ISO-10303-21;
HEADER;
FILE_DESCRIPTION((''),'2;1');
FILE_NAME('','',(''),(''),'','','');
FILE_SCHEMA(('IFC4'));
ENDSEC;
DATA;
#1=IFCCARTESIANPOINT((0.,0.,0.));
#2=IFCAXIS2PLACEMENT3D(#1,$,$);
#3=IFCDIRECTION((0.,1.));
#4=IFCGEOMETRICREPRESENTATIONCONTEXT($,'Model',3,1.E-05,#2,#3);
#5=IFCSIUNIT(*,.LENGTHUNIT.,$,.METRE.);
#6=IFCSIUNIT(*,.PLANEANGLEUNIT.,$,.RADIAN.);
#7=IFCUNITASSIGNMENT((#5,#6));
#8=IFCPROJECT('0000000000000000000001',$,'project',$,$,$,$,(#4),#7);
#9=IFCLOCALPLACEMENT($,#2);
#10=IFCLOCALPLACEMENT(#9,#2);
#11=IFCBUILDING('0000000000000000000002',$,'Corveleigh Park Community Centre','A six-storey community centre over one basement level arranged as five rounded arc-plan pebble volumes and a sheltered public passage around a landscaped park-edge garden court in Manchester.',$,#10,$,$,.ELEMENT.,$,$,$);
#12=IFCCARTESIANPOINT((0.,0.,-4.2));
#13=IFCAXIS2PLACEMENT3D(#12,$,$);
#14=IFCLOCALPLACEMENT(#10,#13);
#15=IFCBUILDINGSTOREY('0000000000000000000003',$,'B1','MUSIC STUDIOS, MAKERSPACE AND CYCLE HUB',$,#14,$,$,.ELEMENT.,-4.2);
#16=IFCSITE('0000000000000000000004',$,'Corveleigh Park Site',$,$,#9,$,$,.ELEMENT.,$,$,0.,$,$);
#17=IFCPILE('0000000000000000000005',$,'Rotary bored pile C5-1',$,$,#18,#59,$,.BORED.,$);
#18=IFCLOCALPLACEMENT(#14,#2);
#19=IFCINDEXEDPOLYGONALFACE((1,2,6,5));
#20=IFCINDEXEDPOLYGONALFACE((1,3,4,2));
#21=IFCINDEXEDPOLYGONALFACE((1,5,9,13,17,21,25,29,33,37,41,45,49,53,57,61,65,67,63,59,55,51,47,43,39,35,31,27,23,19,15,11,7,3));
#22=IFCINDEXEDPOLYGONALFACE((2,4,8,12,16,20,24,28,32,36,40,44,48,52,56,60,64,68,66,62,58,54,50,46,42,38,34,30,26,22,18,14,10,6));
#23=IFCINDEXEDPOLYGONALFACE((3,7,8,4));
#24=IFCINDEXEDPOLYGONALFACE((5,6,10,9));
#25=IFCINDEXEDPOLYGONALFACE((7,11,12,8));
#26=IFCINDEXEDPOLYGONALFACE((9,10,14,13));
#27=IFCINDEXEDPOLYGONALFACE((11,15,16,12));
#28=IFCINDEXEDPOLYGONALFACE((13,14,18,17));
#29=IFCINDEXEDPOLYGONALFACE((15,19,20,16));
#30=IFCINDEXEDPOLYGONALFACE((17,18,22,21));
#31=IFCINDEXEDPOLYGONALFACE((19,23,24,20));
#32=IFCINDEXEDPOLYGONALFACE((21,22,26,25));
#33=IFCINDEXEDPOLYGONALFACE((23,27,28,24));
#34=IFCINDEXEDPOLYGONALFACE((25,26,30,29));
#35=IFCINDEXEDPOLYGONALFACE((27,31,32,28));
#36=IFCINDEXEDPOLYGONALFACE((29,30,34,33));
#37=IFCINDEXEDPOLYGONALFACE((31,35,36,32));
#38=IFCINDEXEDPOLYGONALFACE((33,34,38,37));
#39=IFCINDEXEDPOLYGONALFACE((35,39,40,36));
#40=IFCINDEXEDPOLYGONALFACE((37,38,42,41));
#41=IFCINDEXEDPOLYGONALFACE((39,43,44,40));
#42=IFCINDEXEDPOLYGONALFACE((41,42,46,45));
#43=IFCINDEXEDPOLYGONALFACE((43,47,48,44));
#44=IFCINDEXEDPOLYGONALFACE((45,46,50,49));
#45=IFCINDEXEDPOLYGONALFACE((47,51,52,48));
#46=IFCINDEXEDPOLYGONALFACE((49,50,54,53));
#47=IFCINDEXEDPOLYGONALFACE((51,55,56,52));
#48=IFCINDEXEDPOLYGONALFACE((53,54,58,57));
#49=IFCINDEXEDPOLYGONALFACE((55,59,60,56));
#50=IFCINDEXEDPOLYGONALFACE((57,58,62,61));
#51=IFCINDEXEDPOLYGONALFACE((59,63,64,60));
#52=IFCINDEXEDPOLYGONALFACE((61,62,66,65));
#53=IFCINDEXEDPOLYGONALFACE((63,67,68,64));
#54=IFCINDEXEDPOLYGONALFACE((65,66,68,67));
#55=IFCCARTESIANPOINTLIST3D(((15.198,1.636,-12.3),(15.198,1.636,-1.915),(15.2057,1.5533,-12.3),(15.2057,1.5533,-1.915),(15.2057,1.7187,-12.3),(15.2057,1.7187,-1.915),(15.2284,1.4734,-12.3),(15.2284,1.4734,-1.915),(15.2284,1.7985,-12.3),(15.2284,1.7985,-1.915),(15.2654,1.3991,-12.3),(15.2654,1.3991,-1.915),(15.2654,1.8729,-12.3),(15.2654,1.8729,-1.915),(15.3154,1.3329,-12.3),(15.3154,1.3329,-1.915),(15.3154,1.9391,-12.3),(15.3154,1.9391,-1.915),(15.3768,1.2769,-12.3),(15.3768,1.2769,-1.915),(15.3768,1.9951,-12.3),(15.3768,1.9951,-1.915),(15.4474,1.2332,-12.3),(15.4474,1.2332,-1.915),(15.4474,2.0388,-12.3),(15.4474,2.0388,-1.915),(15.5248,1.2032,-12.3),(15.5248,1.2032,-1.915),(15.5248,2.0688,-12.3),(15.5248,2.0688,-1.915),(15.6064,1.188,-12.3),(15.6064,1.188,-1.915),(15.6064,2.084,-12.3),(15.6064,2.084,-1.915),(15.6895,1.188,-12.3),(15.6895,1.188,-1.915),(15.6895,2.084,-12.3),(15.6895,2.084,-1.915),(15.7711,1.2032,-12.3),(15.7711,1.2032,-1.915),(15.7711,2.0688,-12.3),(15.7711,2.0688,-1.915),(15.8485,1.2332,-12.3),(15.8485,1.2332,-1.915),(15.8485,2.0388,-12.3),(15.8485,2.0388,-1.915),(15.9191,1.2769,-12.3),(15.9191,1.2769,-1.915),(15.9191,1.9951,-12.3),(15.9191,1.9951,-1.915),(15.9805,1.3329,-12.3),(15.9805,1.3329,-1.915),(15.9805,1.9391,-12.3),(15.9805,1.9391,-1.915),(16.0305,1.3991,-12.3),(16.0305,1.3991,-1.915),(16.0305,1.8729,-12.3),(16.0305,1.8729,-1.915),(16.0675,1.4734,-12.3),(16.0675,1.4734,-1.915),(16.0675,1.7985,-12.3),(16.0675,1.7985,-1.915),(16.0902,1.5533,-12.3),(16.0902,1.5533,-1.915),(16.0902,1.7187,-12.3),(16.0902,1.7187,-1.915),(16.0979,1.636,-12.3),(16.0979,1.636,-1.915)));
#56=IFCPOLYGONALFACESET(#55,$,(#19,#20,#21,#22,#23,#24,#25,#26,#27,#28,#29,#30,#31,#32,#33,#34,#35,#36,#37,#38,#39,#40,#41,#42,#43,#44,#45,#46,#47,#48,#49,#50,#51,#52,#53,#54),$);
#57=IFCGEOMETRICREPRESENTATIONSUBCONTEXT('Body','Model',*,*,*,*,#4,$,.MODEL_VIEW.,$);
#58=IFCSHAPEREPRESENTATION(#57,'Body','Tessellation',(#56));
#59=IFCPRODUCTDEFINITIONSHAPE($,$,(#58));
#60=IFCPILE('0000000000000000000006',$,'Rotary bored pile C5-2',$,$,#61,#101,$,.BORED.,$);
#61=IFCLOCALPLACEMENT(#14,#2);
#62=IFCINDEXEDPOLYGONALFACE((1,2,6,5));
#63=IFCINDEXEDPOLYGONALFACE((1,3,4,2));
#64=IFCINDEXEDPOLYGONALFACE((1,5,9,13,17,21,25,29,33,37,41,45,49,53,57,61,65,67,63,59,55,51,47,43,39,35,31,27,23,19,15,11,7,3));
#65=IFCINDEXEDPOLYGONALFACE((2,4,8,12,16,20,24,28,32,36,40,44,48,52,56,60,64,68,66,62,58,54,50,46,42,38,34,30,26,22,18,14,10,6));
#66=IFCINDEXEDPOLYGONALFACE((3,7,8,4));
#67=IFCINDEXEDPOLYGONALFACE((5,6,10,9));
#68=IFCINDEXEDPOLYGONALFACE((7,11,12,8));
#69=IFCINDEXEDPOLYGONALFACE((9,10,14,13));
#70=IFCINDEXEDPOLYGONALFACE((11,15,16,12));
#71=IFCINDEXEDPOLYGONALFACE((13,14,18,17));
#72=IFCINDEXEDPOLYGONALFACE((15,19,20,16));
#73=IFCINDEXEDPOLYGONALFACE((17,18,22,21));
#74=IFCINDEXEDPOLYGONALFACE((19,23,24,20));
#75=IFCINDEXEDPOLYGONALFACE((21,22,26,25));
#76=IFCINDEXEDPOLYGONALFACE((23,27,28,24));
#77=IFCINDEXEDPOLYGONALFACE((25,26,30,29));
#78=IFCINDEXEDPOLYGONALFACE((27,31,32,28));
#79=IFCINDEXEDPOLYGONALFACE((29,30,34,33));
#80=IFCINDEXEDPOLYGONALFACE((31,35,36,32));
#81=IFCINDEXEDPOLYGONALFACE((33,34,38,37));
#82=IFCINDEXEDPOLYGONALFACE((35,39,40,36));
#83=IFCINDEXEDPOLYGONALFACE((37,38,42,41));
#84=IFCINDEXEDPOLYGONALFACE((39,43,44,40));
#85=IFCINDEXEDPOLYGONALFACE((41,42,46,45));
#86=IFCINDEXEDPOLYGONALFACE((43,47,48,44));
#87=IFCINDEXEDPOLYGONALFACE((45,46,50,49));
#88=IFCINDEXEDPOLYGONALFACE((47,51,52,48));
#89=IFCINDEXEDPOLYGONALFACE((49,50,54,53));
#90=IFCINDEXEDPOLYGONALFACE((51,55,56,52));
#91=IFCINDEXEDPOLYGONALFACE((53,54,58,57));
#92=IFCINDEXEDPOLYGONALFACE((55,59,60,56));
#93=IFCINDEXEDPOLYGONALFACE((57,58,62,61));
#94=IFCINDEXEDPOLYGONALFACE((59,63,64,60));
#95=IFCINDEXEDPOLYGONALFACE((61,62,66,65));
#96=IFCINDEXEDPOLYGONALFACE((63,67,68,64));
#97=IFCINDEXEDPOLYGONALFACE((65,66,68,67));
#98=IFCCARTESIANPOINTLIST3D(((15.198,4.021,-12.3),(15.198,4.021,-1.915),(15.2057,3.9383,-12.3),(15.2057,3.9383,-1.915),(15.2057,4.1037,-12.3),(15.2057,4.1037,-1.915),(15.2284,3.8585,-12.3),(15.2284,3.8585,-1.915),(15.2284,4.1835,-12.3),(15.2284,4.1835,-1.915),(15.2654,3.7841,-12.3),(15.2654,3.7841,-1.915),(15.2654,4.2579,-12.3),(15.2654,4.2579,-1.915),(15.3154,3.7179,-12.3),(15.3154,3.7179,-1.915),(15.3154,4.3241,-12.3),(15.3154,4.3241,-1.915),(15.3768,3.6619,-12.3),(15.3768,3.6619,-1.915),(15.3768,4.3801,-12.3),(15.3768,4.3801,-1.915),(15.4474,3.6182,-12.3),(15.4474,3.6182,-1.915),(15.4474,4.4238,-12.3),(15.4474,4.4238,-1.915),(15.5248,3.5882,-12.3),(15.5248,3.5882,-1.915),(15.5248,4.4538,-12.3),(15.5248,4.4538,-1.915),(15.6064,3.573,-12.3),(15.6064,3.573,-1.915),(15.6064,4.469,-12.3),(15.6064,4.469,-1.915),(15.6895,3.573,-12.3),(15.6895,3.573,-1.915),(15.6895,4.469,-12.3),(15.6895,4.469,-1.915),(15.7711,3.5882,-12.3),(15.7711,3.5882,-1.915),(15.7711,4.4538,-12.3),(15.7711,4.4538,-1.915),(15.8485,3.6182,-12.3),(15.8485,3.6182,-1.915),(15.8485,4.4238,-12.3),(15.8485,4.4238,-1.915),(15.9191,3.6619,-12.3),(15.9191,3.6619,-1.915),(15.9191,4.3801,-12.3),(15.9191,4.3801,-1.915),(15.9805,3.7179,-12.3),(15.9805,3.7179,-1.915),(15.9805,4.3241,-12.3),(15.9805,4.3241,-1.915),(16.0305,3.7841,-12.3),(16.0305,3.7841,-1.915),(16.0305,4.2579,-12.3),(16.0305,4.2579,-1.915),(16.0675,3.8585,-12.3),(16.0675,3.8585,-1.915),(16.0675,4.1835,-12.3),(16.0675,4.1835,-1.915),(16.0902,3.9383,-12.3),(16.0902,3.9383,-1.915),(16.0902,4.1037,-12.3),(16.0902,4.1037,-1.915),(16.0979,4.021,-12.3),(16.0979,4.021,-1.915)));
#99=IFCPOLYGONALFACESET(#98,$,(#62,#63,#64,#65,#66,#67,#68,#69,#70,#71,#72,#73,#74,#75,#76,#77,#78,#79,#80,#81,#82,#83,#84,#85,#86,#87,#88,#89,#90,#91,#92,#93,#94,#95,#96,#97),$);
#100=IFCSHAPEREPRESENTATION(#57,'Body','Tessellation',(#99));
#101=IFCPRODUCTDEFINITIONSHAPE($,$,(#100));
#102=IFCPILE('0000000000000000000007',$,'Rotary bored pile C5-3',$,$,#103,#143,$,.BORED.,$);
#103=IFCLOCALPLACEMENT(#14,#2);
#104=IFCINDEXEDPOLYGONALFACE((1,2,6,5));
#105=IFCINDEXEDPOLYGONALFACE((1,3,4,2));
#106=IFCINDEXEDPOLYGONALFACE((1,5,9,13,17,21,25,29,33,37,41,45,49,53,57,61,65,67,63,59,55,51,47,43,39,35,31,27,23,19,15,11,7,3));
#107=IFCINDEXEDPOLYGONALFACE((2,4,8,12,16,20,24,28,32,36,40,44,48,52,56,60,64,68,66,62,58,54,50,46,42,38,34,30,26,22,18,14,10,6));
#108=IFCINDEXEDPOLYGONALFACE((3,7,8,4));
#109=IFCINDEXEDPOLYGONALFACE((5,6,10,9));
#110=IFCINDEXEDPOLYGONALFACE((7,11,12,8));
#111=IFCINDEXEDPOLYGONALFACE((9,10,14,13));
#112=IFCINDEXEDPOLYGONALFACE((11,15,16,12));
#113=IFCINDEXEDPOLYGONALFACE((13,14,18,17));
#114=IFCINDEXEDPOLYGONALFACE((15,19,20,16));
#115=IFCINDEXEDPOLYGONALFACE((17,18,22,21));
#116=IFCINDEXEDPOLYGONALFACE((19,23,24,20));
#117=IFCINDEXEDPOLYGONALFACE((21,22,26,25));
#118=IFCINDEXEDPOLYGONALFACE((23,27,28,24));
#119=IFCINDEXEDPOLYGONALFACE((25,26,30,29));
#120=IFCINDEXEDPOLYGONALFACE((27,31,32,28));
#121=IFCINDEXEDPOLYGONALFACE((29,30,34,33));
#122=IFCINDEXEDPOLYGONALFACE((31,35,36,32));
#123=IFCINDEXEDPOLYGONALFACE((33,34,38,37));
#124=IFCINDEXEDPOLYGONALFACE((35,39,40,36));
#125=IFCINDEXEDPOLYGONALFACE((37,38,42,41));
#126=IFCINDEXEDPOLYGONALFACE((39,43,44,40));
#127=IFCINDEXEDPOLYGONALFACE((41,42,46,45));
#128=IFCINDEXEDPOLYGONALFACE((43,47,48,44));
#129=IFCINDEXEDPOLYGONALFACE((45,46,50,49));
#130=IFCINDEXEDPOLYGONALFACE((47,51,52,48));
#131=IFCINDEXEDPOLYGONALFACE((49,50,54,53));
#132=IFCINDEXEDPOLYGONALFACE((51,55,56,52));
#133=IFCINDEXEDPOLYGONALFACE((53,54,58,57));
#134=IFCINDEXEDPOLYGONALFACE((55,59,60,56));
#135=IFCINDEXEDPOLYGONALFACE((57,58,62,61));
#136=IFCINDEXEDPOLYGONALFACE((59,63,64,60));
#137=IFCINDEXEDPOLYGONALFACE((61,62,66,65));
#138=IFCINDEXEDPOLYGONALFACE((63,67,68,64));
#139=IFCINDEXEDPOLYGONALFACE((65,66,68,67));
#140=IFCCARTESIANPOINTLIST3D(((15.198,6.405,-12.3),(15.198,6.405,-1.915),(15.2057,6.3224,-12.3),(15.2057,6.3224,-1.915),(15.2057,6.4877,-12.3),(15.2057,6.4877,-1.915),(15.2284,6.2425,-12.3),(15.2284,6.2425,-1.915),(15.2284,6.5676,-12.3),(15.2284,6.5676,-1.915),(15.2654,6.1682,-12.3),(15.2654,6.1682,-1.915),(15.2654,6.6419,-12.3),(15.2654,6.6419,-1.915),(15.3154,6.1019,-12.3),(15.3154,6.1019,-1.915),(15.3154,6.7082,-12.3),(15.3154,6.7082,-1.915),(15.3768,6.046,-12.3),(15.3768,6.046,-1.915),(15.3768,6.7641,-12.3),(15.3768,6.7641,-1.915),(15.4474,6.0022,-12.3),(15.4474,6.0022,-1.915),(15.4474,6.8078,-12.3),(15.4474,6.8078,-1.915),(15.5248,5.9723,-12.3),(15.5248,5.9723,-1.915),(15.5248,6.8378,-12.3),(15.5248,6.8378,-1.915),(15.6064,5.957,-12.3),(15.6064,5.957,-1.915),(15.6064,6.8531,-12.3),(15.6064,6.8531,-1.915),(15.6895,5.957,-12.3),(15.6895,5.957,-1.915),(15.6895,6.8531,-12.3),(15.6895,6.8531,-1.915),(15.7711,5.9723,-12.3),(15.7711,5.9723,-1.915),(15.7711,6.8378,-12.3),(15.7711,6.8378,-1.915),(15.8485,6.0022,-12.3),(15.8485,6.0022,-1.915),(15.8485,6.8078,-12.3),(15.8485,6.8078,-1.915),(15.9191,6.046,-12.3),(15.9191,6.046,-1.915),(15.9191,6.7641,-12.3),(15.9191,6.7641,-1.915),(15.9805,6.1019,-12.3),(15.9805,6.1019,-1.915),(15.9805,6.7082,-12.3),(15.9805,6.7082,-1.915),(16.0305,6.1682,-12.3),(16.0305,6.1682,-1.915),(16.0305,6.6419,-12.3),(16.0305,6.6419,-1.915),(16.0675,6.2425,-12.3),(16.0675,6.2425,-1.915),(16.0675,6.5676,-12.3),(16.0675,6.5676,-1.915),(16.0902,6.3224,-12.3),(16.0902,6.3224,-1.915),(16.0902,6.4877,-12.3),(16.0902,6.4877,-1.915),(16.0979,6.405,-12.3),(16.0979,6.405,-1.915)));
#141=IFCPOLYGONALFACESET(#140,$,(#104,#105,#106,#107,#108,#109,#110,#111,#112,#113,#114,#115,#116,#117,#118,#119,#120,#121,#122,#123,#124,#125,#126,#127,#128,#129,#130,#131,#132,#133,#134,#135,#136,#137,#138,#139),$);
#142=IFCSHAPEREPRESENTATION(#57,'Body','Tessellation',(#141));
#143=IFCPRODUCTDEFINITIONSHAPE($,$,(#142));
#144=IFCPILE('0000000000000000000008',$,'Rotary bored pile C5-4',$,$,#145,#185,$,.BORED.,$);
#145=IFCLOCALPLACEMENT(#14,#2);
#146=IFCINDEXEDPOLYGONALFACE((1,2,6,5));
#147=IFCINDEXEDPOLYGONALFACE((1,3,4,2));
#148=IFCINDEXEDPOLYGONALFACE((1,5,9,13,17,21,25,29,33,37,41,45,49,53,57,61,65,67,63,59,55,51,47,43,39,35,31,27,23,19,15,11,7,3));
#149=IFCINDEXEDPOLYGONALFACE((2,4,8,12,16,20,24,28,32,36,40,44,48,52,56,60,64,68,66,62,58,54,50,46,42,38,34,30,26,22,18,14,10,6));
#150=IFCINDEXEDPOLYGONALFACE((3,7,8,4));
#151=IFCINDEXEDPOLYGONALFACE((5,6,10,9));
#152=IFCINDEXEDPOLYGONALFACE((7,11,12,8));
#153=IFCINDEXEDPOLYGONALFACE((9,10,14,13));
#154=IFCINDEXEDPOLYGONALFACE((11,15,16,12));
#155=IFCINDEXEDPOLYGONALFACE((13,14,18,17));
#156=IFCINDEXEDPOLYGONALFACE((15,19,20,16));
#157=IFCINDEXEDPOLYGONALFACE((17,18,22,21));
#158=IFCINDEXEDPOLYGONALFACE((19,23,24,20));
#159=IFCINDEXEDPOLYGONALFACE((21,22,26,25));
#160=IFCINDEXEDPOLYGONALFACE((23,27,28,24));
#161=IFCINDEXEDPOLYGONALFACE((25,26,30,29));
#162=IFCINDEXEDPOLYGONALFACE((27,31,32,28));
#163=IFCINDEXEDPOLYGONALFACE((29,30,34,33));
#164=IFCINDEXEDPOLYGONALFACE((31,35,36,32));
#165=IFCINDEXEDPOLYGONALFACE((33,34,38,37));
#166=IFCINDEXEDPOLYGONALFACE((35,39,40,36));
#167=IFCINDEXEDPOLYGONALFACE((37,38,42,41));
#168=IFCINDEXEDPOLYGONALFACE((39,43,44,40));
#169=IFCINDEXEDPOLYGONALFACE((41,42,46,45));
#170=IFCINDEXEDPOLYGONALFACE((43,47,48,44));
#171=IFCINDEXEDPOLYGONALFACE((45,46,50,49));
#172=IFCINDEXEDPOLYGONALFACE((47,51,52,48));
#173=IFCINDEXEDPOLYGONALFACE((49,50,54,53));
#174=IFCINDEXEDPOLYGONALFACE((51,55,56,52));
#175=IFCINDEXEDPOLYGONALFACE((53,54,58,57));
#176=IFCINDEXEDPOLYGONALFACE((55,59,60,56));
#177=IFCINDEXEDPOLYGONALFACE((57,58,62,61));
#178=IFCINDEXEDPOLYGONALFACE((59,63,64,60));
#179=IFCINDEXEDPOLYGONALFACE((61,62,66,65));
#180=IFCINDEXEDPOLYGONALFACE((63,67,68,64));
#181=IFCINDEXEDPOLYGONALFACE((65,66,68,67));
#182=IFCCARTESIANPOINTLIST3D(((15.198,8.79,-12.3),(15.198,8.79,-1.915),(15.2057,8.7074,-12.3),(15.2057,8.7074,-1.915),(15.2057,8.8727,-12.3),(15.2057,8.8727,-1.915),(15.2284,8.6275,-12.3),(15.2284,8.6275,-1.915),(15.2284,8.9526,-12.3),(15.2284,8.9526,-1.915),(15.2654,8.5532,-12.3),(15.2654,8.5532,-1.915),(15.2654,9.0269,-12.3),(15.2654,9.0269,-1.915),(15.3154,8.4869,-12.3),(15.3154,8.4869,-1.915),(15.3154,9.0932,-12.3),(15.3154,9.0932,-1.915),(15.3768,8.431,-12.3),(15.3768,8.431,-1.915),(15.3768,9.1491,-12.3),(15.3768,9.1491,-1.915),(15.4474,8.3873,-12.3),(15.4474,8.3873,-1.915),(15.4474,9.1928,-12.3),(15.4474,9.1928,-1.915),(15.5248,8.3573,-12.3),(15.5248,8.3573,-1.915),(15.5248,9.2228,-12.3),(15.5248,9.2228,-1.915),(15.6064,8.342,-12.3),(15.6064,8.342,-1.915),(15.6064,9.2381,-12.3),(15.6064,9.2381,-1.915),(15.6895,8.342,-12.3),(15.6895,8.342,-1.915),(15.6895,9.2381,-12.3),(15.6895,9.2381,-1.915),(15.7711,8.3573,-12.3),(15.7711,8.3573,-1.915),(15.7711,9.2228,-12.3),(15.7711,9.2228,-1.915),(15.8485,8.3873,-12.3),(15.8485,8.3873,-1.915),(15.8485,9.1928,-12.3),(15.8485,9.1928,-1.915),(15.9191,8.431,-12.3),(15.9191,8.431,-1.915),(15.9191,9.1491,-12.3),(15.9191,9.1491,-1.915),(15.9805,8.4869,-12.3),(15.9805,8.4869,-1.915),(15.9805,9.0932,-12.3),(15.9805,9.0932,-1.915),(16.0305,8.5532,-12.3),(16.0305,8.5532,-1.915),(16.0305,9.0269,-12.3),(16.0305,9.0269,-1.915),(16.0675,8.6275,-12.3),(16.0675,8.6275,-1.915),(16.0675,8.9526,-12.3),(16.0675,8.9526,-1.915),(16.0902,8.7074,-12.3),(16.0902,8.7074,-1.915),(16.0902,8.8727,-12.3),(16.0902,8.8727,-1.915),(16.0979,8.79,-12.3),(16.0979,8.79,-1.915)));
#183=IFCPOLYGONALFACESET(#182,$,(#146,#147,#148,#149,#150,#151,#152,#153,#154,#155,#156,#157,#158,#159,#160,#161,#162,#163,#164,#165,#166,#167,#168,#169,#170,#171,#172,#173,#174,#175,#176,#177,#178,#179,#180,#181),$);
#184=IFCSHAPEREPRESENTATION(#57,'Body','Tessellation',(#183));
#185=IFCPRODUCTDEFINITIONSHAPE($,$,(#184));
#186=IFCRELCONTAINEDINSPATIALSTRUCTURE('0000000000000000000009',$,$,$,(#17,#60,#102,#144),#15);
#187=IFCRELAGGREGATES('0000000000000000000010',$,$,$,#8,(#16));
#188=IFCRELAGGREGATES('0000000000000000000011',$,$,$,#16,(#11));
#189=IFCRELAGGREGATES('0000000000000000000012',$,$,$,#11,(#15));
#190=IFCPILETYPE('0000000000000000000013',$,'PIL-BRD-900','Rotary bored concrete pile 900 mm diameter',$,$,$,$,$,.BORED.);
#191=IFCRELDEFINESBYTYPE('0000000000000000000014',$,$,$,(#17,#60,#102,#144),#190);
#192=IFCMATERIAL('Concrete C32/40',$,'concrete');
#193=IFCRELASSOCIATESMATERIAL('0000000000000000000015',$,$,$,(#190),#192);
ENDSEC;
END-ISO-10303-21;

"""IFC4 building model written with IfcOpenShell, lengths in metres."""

from ifc_helpers import new_model, si_unit, direction, frame, origin, origin_2d, place, context, subcontext, project, spatial, circle, extrude, material, material_profile, profile_set, type_object, element, save


model = new_model("IFC4")

# Units and contexts
model_context = context("Model", 3, precision=1e-05, world=origin(), true_north=direction((0.0, 1.0)))
body_context = subcontext(model_context, "Body", "Model", "MODEL_VIEW")
ifc_project = project(units=[si_unit("LENGTHUNIT", "METRE"), si_unit("PLANEANGLEUNIT", "RADIAN")], contexts=[model_context])

# Site, building, storey
site_placement = place(None, origin())
site = spatial("IfcSite", under=ifc_project, at=site_placement, Name="Corveleigh Park Site", CompositionType="ELEMENT", RefElevation=0.0)
building_placement = place(site_placement, origin())
building = spatial("IfcBuilding", under=site, at=building_placement, Name="Corveleigh Park Community Centre", Description="A six-storey community centre over one basement level arranged as five rounded arc-plan pebble volumes and a sheltered public passage around a landscaped park-edge garden court in Manchester.", CompositionType="ELEMENT")
storey_placement = place(building_placement, frame((0.0, 0.0, -4.2)))
storey = spatial("IfcBuildingStorey", under=building, at=storey_placement, Name="B1", Description="MUSIC STUDIOS, MAKERSPACE AND CYCLE HUB", CompositionType="ELEMENT", Elevation=-4.2)

# Piles
ifc_material_1 = material(Name="Concrete C32/40", Category="concrete")
ifc_material_profile_1 = material_profile(ifc_material_1, circle(Radius=0.45, at=origin_2d()), Name="BORED-PILE-900", Category="concrete")
ifc_profile_set_1 = profile_set([ifc_material_profile_1], Name="Concrete C32/40")
pile_type_1 = type_object("IfcPileType", Name="PIL-BRD-900", Description="Rotary bored concrete pile 900 mm diameter", PredefinedType="BORED", material=ifc_profile_set_1)
for number, where, z_axis, x_axis, name in (
    (1, (15.6479, 1.636, -1.915), (0.0, 0.0, -1.0), (1.0, 0.0, 0.0), "Rotary bored pile C5-1"),
    (2, (15.6479, 4.021, -1.915), (0.0, 0.0, -1.0), (1.0, 0.0, 0.0), "Rotary bored pile C5-2"),
    (3, (15.6479, 6.405, -1.915), (0.0, 0.0, -1.0), (1.0, 0.0, 0.0), "Rotary bored pile C5-3"),
    (4, (15.6479, 8.79, -1.915), (0.0, 0.0, -1.0), (1.0, 0.0, 0.0), "Rotary bored pile C5-4"),
):
    element("IfcPile", number, at=place(storey_placement, frame(where, z_axis=z_axis, x_axis=x_axis)), inside=storey, type_object=pile_type_1, Name=name, PredefinedType="BORED", context=body_context, shape_type="SweptSolid", body=[
        extrude(circle(Radius=0.45, at=origin_2d()), origin(), (0.0, 0.0, 1.0), 10.385),
    ])

save(model, "model.ifc")
